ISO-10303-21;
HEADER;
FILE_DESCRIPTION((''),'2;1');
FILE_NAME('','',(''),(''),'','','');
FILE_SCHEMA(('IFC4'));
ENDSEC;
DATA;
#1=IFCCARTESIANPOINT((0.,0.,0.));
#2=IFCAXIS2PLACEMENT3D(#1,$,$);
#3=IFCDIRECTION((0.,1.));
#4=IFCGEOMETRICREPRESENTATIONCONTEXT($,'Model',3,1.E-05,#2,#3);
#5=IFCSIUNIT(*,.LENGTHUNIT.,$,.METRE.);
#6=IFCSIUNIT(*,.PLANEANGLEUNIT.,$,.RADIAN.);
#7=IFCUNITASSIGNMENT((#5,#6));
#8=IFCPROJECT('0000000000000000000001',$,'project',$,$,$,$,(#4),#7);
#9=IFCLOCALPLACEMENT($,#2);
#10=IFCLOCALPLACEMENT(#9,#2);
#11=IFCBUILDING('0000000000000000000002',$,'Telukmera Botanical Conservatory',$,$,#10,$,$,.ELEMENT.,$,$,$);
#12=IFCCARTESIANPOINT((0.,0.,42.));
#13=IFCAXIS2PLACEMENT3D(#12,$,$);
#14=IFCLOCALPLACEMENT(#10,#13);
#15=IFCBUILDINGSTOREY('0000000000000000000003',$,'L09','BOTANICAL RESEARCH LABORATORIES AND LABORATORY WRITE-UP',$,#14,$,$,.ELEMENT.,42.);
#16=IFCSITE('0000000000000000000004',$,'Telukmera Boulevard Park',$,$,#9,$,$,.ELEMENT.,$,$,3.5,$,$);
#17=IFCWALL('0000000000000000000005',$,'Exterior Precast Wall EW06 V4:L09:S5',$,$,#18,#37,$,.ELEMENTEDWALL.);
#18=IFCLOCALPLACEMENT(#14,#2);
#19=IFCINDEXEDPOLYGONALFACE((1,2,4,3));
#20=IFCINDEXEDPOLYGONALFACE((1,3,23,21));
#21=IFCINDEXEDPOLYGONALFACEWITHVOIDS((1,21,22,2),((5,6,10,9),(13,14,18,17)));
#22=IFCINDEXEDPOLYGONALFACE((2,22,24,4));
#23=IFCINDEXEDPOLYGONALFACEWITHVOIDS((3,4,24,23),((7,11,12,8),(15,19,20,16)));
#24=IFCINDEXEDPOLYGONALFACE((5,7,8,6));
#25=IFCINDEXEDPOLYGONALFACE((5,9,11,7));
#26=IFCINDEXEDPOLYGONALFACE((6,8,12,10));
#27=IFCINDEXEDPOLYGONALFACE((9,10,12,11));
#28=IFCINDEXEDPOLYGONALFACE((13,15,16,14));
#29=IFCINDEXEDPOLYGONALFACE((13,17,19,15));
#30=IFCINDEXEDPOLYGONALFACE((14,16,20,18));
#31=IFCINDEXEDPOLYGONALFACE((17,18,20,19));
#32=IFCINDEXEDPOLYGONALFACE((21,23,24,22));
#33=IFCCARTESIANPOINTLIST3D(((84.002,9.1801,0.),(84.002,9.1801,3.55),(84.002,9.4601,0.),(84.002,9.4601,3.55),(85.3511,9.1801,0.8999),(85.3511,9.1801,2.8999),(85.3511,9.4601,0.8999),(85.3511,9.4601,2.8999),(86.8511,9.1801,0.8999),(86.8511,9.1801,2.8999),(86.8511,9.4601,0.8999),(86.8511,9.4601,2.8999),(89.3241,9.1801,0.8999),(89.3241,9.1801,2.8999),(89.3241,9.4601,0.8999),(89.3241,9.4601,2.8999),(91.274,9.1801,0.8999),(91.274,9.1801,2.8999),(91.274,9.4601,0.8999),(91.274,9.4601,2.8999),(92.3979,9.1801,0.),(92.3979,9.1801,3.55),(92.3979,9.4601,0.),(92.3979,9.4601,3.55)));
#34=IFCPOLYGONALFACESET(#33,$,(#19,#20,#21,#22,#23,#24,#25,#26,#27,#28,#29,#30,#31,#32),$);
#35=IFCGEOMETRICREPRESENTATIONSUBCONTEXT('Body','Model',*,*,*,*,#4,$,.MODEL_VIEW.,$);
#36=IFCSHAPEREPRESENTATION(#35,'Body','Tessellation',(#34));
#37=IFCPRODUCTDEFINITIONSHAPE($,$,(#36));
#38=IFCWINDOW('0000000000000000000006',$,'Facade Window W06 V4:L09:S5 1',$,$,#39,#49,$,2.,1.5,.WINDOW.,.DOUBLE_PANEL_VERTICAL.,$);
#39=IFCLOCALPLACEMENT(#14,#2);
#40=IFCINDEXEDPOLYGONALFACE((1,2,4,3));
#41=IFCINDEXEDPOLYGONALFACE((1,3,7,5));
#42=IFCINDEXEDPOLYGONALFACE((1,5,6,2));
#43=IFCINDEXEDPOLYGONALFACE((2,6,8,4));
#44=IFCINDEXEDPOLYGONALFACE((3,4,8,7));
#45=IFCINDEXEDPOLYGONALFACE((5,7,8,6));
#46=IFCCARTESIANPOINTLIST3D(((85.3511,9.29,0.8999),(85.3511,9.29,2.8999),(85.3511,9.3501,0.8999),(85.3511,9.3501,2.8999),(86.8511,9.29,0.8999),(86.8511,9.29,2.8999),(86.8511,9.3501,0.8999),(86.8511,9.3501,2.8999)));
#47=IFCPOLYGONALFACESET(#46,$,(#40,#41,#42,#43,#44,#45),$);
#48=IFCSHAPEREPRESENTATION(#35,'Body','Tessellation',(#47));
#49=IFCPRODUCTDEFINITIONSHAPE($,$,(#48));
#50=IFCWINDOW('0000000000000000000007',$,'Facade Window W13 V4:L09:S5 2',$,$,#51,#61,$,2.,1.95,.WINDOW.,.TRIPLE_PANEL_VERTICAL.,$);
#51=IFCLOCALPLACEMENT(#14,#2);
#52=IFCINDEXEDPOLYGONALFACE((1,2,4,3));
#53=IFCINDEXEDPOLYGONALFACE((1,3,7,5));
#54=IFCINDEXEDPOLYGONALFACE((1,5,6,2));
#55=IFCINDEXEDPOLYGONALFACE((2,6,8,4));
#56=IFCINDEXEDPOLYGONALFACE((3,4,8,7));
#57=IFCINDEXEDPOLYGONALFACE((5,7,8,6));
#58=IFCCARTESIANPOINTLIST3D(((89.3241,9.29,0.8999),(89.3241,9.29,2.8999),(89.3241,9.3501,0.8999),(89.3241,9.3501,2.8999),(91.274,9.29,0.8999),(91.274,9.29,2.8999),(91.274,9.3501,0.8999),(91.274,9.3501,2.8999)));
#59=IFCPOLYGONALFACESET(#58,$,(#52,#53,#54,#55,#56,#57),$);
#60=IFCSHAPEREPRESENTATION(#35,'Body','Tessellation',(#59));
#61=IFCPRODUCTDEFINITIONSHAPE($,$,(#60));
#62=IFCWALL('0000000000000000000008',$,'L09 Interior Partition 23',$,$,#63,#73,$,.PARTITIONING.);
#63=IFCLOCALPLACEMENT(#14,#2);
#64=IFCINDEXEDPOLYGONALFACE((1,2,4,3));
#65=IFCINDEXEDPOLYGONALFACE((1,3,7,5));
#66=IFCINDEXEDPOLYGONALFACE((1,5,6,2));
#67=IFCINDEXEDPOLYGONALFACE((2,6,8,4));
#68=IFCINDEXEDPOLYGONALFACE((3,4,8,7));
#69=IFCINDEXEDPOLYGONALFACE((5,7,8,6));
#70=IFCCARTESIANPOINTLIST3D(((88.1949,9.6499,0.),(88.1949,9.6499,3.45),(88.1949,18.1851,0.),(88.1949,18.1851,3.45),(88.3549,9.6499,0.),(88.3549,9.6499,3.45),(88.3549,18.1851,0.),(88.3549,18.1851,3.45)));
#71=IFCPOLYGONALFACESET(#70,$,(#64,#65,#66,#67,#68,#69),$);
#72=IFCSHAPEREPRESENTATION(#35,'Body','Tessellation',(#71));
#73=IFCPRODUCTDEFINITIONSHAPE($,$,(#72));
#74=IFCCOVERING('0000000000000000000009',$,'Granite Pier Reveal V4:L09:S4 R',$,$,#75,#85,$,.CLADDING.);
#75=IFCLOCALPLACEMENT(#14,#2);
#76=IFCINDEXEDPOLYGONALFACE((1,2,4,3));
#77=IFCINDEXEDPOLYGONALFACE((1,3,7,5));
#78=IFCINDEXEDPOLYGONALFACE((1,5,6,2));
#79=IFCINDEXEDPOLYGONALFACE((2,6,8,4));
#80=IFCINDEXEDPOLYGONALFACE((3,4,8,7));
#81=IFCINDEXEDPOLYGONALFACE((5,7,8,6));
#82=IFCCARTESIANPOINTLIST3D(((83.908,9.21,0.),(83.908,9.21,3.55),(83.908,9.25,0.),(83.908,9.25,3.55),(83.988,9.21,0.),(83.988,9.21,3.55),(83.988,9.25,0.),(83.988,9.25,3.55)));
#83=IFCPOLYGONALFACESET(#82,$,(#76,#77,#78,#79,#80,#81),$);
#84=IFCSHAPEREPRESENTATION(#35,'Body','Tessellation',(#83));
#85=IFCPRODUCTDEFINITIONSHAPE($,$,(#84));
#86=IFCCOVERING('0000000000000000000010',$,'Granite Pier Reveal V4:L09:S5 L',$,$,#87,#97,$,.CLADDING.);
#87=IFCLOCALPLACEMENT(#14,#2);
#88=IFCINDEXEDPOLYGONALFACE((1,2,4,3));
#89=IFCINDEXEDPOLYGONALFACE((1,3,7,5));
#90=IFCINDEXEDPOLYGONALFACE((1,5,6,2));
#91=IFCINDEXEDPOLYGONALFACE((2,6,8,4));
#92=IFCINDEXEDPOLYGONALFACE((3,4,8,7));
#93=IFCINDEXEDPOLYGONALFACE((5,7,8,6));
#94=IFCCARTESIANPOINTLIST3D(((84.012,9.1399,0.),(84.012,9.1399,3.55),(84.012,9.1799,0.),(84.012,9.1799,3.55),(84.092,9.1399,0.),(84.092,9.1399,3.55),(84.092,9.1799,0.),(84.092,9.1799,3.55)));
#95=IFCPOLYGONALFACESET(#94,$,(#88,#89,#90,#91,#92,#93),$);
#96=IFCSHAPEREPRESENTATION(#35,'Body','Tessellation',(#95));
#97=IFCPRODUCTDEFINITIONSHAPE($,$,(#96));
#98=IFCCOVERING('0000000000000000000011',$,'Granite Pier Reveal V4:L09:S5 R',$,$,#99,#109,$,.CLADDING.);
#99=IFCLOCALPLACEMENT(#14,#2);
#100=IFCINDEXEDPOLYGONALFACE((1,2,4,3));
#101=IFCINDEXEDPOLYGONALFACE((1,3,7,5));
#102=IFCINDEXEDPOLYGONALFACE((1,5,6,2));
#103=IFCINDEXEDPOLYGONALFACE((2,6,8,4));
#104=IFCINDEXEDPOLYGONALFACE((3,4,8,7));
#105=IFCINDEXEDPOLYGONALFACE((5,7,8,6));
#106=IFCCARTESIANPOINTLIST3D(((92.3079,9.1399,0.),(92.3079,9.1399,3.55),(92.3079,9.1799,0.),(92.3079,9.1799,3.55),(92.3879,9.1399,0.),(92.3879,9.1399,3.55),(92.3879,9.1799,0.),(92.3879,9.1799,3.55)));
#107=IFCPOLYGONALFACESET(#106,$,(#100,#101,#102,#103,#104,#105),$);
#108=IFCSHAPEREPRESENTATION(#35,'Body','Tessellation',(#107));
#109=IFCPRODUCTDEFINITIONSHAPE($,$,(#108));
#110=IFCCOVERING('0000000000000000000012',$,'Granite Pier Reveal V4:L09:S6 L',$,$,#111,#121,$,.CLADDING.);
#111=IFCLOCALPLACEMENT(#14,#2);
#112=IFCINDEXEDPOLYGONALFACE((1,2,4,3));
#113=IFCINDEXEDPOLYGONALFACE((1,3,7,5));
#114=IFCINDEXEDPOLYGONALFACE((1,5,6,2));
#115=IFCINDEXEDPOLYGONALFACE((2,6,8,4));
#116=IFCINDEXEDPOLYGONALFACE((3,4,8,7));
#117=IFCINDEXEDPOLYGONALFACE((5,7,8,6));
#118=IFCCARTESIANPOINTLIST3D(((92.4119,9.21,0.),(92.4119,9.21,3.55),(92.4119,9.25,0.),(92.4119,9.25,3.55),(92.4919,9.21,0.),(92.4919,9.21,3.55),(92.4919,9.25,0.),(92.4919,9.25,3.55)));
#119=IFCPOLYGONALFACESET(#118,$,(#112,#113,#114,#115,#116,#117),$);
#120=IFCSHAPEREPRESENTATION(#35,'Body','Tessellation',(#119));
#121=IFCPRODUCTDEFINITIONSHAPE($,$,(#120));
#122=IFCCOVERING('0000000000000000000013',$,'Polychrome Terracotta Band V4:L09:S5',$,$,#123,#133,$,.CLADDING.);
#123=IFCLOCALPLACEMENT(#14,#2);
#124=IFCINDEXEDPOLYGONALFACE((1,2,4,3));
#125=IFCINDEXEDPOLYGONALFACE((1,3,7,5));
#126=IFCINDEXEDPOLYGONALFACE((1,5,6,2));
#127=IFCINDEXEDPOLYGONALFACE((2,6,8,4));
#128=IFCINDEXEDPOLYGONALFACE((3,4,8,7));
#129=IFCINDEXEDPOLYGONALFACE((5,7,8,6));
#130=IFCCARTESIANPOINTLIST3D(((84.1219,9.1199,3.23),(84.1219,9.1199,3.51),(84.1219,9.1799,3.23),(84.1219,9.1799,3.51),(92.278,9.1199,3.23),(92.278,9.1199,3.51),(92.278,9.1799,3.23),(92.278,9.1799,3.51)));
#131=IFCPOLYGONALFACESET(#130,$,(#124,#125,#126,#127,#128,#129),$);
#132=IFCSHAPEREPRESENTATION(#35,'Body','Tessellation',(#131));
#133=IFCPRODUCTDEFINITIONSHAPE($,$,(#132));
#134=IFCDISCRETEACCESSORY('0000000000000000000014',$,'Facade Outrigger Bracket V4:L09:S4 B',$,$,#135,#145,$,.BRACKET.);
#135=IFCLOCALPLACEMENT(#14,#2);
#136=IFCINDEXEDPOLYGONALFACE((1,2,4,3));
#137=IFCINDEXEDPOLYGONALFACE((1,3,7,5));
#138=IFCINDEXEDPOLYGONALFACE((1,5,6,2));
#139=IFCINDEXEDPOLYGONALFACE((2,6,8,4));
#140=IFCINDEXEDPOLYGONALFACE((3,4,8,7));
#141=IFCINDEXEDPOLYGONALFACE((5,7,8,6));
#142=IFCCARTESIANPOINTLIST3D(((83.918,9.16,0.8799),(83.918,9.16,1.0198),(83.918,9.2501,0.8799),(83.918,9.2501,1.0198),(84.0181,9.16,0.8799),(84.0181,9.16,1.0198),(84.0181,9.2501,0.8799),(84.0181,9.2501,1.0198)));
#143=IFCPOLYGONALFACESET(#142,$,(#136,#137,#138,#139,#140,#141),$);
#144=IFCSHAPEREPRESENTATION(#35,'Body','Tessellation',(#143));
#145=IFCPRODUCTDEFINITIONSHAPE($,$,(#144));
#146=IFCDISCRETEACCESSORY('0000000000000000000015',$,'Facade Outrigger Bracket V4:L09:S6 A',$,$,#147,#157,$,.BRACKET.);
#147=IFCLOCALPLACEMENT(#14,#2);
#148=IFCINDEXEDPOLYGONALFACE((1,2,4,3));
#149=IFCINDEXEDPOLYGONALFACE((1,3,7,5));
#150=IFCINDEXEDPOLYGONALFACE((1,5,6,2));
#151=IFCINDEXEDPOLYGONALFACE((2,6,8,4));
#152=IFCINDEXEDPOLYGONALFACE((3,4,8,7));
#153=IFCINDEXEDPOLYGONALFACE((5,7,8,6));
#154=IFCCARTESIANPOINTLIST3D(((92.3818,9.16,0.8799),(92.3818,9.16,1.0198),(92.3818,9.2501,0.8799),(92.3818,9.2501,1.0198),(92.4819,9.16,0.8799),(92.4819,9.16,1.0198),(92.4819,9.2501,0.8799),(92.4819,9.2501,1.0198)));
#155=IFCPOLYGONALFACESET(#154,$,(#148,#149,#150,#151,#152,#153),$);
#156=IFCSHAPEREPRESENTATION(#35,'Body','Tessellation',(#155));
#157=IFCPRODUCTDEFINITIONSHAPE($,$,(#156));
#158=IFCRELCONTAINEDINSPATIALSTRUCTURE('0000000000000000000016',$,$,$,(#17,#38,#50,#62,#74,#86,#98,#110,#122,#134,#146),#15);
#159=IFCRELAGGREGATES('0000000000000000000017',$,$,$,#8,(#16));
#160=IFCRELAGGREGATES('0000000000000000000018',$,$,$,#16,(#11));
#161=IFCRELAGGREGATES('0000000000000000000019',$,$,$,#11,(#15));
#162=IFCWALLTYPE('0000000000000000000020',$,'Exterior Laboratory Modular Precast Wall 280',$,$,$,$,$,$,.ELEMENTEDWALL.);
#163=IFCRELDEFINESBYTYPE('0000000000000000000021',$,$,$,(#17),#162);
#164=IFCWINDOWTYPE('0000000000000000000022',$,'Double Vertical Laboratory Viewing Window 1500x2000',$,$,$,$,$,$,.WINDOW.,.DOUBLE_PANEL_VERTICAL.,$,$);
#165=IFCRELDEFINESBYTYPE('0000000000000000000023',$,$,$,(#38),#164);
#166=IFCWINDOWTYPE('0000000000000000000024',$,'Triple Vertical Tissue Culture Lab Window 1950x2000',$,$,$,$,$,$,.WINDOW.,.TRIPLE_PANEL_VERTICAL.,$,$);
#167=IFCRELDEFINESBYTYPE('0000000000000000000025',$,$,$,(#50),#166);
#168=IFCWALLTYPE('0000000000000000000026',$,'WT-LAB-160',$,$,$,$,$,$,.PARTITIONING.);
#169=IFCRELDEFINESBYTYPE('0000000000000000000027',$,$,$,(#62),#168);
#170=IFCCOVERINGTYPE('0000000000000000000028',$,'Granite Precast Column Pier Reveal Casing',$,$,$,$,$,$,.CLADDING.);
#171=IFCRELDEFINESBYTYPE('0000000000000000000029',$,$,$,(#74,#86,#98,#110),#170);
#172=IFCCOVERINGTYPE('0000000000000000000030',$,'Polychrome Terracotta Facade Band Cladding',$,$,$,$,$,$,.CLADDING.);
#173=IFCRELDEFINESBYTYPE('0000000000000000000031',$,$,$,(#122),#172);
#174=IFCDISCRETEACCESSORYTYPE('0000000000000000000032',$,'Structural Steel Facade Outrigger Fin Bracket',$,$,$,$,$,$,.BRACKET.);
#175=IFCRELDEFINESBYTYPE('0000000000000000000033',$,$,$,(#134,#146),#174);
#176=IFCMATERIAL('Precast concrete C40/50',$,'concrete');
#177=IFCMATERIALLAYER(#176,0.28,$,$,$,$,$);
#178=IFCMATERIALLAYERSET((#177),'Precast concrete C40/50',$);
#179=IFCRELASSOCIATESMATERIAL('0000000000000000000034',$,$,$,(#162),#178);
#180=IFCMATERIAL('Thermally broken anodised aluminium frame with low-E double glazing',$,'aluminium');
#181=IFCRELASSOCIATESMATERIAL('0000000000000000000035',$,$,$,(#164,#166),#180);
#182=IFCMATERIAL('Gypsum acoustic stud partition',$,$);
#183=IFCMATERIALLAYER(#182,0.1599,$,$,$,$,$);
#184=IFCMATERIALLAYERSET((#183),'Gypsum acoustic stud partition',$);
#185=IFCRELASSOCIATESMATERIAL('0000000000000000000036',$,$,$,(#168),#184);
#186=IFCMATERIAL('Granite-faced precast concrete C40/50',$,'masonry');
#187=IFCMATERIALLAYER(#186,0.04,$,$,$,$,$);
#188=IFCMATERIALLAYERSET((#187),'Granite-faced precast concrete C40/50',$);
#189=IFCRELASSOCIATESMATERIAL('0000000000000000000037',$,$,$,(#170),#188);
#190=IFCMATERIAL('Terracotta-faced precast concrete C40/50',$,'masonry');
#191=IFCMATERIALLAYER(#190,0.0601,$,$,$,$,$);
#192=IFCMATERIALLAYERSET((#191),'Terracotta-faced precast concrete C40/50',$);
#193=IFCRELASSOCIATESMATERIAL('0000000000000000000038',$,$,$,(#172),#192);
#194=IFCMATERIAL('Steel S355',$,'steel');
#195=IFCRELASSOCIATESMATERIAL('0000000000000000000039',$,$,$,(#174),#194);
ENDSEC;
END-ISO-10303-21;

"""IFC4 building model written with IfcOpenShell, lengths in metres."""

from ifc_helpers import new_model, si_unit, direction, frame, frame_2d, origin, origin_2d, place, context, subcontext, project, spatial, rectangle, extrude, material, layer, layer_set, type_object, element, fill, save


model = new_model("IFC4")

# Units and contexts
model_context = context("Model", 3, precision=1e-05, world=origin(), true_north=direction((0.0, 1.0)))
body_context = subcontext(model_context, "Body", "Model", "MODEL_VIEW")
ifc_project = project(units=[si_unit("LENGTHUNIT", "METRE"), si_unit("PLANEANGLEUNIT", "RADIAN")], contexts=[model_context])

# Site, building, storey
site_placement = place(None, origin())
site = spatial("IfcSite", under=ifc_project, at=site_placement, Name="Telukmera Boulevard Park", CompositionType="ELEMENT", RefElevation=3.5)
building_placement = place(site_placement, origin())
building = spatial("IfcBuilding", under=site, at=building_placement, Name="Telukmera Botanical Conservatory", CompositionType="ELEMENT")
storey_placement = place(building_placement, frame((0.0, 0.0, 42.0)))
storey = spatial("IfcBuildingStorey", under=building, at=storey_placement, Name="L09", Description="BOTANICAL RESEARCH LABORATORIES AND LABORATORY WRITE-UP", CompositionType="ELEMENT", Elevation=42.0)

# Shared definitions
ifc_material_1 = material(Name="Precast concrete C40/50", Category="concrete")

# Wall, openings, windows
ifc_layer_1 = layer(ifc_material_1, 0.28)
ifc_layer_set_1 = layer_set([ifc_layer_1], Name="Precast concrete C40/50")
wall_type_1 = type_object("IfcWallType", Name="Exterior Laboratory Modular Precast Wall 280", PredefinedType="ELEMENTEDWALL", material=ifc_layer_set_1)
wall_1_placement = place(storey_placement, frame((84.002, 9.3201, 0.0), z_axis=(0.0, 0.0, 1.0), x_axis=(1.0, 0.0, 0.0)))
wall_1 = element("IfcWall", 1, at=wall_1_placement, inside=storey, type_object=wall_type_1, Name="Exterior Precast Wall EW06 V4:L09:S5", PredefinedType="ELEMENTEDWALL", context=body_context, shape_type="SweptSolid", body=[
    extrude(rectangle(XDim=8.396, YDim=0.28, at=frame_2d((4.198, 0.0))), origin(), (0.0, 0.0, 1.0), 3.55),
])
opening_1_placement = place(wall_1_placement, frame((1.3491, 0.0, 0.8999)))
opening_1 = element("IfcOpeningElement", 2, at=opening_1_placement, cuts=wall_1, PredefinedType="OPENING", context=body_context, shape_type="SweptSolid", body=[
    extrude(rectangle(XDim=1.5, YDim=2.0, at=frame_2d((0.75, 1.0))), frame((0.0, 0.1499, 0.0), z_axis=(0.0, -1.0, 0.0), x_axis=(1.0, 0.0, 0.0)), (0.0, 0.0, 1.0), 0.3),
])
opening_2_placement = place(wall_1_placement, frame((5.322, 0.0, 0.8999)))
opening_2 = element("IfcOpeningElement", 3, at=opening_2_placement, cuts=wall_1, PredefinedType="OPENING", context=body_context, shape_type="SweptSolid", body=[
    extrude(rectangle(XDim=1.95, YDim=2.0, at=frame_2d((0.9751, 1.0))), frame((0.0, 0.1499, 0.0), z_axis=(0.0, -1.0, 0.0), x_axis=(1.0, 0.0, 0.0)), (0.0, 0.0, 1.0), 0.3),
])
ifc_material_2 = material(Name="Thermally broken anodised aluminium frame with low-E double glazing", Category="aluminium")
window_type_1 = type_object("IfcWindowType", Name="Double Vertical Laboratory Viewing Window 1500x2000", PartitioningType="DOUBLE_PANEL_VERTICAL", PredefinedType="WINDOW", material=ifc_material_2)
window_1_placement = place(opening_1_placement, origin())
window_1 = element("IfcWindow", 4, at=window_1_placement, inside=storey, type_object=window_type_1, Name="Facade Window W06 V4:L09:S5 1", OverallHeight=2.0, OverallWidth=1.5, PartitioningType="DOUBLE_PANEL_VERTICAL", PredefinedType="WINDOW", context=body_context, shape_type="SweptSolid", body=[
    extrude(rectangle(XDim=1.5, YDim=2.0, at=frame_2d((0.75, 1.0))), frame((0.0, 0.03, 0.0), z_axis=(0.0, -1.0, 0.0), x_axis=(1.0, 0.0, 0.0)), (0.0, 0.0, 1.0), 0.0601),
])
fill(opening_1, window_1)
window_type_2 = type_object("IfcWindowType", Name="Triple Vertical Tissue Culture Lab Window 1950x2000", PartitioningType="TRIPLE_PANEL_VERTICAL", PredefinedType="WINDOW", material=ifc_material_2)
window_2_placement = place(opening_2_placement, origin())
window_2 = element("IfcWindow", 5, at=window_2_placement, inside=storey, type_object=window_type_2, Name="Facade Window W13 V4:L09:S5 2", OverallHeight=2.0, OverallWidth=1.95, PartitioningType="TRIPLE_PANEL_VERTICAL", PredefinedType="WINDOW", context=body_context, shape_type="SweptSolid", body=[
    extrude(rectangle(XDim=1.95, YDim=2.0, at=frame_2d((0.9751, 1.0))), frame((0.0, 0.03, 0.0), z_axis=(0.0, -1.0, 0.0), x_axis=(1.0, 0.0, 0.0)), (0.0, 0.0, 1.0), 0.0601),
])
fill(opening_2, window_2)

# Wall
ifc_material_3 = material(Name="Gypsum acoustic stud partition")
ifc_layer_2 = layer(ifc_material_3, 0.1599)
ifc_layer_set_2 = layer_set([ifc_layer_2], Name="Gypsum acoustic stud partition")
wall_type_2 = type_object("IfcWallType", Name="WT-LAB-160", PredefinedType="PARTITIONING", material=ifc_layer_set_2)
wall_2_placement = place(storey_placement, frame((88.2749, 9.6499, 0.0), z_axis=(0.0, 0.0, 1.0), x_axis=(0.0, 1.0, 0.0)))
element("IfcWall", 6, at=wall_2_placement, inside=storey, type_object=wall_type_2, Name="L09 Interior Partition 23", PredefinedType="PARTITIONING", context=body_context, shape_type="SweptSolid", body=[
    extrude(rectangle(XDim=8.5352, YDim=0.1599, at=frame_2d((4.2676, 0.0))), origin(), (0.0, 0.0, 1.0), 3.45),
])

# Coverings
ifc_material_4 = material(Name="Granite-faced precast concrete C40/50", Category="masonry")
ifc_layer_3 = layer(ifc_material_4, 0.04)
ifc_layer_set_3 = layer_set([ifc_layer_3], Name="Granite-faced precast concrete C40/50")
covering_type_1 = type_object("IfcCoveringType", Name="Granite Precast Column Pier Reveal Casing", PredefinedType="CLADDING", material=ifc_layer_set_3)
for number, where, z_axis, x_axis, name in (
    (7, (83.948, 9.23, 0.0), (0.0, 0.0, 1.0), (1.0, 0.0, 0.0), "Granite Pier Reveal V4:L09:S4 R"),
    (8, (84.052, 9.1599, 0.0), (0.0, 0.0, 1.0), (1.0, 0.0, 0.0), "Granite Pier Reveal V4:L09:S5 L"),
    (9, (92.3479, 9.1599, 0.0), (0.0, 0.0, 1.0), (1.0, 0.0, 0.0), "Granite Pier Reveal V4:L09:S5 R"),
    (10, (92.4519, 9.23, 0.0), (0.0, 0.0, 1.0), (1.0, 0.0, 0.0), "Granite Pier Reveal V4:L09:S6 L"),
):
    element("IfcCovering", number, at=place(storey_placement, frame(where, z_axis=z_axis, x_axis=x_axis)), inside=storey, type_object=covering_type_1, Name=name, PredefinedType="CLADDING", context=body_context, shape_type="SweptSolid", body=[
        extrude(rectangle(XDim=0.0801, YDim=0.04, at=origin_2d()), origin(), (0.0, 0.0, 1.0), 3.55),
    ])
ifc_material_5 = material(Name="Terracotta-faced precast concrete C40/50", Category="masonry")
ifc_layer_4 = layer(ifc_material_5, 0.0601)
ifc_layer_set_4 = layer_set([ifc_layer_4], Name="Terracotta-faced precast concrete C40/50")
covering_type_2 = type_object("IfcCoveringType", Name="Polychrome Terracotta Facade Band Cladding", PredefinedType="CLADDING", material=ifc_layer_set_4)
covering_placement = place(storey_placement, frame((88.2, 9.1499, 3.23), z_axis=(0.0, 0.0, 1.0), x_axis=(1.0, 0.0, 0.0)))
element("IfcCovering", 11, at=covering_placement, inside=storey, type_object=covering_type_2, Name="Polychrome Terracotta Band V4:L09:S5", PredefinedType="CLADDING", context=body_context, shape_type="SweptSolid", body=[
    extrude(rectangle(XDim=8.156, YDim=0.0601, at=origin_2d()), origin(), (0.0, 0.0, 1.0), 0.28),
])

# Discrete accessories
ifc_material_6 = material(Name="Steel S355", Category="steel")
discrete_accessory_type = type_object("IfcDiscreteAccessoryType", Name="Structural Steel Facade Outrigger Fin Bracket", PredefinedType="BRACKET", material=ifc_material_6)
for number, where, z_axis, x_axis, name in (
    (12, (83.968, 9.2051, 0.8799), (0.0, 0.0, 1.0), (1.0, 0.0, 0.0), "Facade Outrigger Bracket V4:L09:S4 B"),
    (13, (92.4319, 9.2051, 0.8799), (0.0, 0.0, 1.0), (1.0, 0.0, 0.0), "Facade Outrigger Bracket V4:L09:S6 A"),
):
    element("IfcDiscreteAccessory", number, at=place(storey_placement, frame(where, z_axis=z_axis, x_axis=x_axis)), inside=storey, type_object=discrete_accessory_type, Name=name, PredefinedType="BRACKET", context=body_context, shape_type="SweptSolid", body=[
        extrude(rectangle(XDim=0.1001, YDim=0.0901, at=origin_2d()), origin(), (0.0, 0.0, 1.0), 0.1399),
    ])

save(model, "model.ifc")
